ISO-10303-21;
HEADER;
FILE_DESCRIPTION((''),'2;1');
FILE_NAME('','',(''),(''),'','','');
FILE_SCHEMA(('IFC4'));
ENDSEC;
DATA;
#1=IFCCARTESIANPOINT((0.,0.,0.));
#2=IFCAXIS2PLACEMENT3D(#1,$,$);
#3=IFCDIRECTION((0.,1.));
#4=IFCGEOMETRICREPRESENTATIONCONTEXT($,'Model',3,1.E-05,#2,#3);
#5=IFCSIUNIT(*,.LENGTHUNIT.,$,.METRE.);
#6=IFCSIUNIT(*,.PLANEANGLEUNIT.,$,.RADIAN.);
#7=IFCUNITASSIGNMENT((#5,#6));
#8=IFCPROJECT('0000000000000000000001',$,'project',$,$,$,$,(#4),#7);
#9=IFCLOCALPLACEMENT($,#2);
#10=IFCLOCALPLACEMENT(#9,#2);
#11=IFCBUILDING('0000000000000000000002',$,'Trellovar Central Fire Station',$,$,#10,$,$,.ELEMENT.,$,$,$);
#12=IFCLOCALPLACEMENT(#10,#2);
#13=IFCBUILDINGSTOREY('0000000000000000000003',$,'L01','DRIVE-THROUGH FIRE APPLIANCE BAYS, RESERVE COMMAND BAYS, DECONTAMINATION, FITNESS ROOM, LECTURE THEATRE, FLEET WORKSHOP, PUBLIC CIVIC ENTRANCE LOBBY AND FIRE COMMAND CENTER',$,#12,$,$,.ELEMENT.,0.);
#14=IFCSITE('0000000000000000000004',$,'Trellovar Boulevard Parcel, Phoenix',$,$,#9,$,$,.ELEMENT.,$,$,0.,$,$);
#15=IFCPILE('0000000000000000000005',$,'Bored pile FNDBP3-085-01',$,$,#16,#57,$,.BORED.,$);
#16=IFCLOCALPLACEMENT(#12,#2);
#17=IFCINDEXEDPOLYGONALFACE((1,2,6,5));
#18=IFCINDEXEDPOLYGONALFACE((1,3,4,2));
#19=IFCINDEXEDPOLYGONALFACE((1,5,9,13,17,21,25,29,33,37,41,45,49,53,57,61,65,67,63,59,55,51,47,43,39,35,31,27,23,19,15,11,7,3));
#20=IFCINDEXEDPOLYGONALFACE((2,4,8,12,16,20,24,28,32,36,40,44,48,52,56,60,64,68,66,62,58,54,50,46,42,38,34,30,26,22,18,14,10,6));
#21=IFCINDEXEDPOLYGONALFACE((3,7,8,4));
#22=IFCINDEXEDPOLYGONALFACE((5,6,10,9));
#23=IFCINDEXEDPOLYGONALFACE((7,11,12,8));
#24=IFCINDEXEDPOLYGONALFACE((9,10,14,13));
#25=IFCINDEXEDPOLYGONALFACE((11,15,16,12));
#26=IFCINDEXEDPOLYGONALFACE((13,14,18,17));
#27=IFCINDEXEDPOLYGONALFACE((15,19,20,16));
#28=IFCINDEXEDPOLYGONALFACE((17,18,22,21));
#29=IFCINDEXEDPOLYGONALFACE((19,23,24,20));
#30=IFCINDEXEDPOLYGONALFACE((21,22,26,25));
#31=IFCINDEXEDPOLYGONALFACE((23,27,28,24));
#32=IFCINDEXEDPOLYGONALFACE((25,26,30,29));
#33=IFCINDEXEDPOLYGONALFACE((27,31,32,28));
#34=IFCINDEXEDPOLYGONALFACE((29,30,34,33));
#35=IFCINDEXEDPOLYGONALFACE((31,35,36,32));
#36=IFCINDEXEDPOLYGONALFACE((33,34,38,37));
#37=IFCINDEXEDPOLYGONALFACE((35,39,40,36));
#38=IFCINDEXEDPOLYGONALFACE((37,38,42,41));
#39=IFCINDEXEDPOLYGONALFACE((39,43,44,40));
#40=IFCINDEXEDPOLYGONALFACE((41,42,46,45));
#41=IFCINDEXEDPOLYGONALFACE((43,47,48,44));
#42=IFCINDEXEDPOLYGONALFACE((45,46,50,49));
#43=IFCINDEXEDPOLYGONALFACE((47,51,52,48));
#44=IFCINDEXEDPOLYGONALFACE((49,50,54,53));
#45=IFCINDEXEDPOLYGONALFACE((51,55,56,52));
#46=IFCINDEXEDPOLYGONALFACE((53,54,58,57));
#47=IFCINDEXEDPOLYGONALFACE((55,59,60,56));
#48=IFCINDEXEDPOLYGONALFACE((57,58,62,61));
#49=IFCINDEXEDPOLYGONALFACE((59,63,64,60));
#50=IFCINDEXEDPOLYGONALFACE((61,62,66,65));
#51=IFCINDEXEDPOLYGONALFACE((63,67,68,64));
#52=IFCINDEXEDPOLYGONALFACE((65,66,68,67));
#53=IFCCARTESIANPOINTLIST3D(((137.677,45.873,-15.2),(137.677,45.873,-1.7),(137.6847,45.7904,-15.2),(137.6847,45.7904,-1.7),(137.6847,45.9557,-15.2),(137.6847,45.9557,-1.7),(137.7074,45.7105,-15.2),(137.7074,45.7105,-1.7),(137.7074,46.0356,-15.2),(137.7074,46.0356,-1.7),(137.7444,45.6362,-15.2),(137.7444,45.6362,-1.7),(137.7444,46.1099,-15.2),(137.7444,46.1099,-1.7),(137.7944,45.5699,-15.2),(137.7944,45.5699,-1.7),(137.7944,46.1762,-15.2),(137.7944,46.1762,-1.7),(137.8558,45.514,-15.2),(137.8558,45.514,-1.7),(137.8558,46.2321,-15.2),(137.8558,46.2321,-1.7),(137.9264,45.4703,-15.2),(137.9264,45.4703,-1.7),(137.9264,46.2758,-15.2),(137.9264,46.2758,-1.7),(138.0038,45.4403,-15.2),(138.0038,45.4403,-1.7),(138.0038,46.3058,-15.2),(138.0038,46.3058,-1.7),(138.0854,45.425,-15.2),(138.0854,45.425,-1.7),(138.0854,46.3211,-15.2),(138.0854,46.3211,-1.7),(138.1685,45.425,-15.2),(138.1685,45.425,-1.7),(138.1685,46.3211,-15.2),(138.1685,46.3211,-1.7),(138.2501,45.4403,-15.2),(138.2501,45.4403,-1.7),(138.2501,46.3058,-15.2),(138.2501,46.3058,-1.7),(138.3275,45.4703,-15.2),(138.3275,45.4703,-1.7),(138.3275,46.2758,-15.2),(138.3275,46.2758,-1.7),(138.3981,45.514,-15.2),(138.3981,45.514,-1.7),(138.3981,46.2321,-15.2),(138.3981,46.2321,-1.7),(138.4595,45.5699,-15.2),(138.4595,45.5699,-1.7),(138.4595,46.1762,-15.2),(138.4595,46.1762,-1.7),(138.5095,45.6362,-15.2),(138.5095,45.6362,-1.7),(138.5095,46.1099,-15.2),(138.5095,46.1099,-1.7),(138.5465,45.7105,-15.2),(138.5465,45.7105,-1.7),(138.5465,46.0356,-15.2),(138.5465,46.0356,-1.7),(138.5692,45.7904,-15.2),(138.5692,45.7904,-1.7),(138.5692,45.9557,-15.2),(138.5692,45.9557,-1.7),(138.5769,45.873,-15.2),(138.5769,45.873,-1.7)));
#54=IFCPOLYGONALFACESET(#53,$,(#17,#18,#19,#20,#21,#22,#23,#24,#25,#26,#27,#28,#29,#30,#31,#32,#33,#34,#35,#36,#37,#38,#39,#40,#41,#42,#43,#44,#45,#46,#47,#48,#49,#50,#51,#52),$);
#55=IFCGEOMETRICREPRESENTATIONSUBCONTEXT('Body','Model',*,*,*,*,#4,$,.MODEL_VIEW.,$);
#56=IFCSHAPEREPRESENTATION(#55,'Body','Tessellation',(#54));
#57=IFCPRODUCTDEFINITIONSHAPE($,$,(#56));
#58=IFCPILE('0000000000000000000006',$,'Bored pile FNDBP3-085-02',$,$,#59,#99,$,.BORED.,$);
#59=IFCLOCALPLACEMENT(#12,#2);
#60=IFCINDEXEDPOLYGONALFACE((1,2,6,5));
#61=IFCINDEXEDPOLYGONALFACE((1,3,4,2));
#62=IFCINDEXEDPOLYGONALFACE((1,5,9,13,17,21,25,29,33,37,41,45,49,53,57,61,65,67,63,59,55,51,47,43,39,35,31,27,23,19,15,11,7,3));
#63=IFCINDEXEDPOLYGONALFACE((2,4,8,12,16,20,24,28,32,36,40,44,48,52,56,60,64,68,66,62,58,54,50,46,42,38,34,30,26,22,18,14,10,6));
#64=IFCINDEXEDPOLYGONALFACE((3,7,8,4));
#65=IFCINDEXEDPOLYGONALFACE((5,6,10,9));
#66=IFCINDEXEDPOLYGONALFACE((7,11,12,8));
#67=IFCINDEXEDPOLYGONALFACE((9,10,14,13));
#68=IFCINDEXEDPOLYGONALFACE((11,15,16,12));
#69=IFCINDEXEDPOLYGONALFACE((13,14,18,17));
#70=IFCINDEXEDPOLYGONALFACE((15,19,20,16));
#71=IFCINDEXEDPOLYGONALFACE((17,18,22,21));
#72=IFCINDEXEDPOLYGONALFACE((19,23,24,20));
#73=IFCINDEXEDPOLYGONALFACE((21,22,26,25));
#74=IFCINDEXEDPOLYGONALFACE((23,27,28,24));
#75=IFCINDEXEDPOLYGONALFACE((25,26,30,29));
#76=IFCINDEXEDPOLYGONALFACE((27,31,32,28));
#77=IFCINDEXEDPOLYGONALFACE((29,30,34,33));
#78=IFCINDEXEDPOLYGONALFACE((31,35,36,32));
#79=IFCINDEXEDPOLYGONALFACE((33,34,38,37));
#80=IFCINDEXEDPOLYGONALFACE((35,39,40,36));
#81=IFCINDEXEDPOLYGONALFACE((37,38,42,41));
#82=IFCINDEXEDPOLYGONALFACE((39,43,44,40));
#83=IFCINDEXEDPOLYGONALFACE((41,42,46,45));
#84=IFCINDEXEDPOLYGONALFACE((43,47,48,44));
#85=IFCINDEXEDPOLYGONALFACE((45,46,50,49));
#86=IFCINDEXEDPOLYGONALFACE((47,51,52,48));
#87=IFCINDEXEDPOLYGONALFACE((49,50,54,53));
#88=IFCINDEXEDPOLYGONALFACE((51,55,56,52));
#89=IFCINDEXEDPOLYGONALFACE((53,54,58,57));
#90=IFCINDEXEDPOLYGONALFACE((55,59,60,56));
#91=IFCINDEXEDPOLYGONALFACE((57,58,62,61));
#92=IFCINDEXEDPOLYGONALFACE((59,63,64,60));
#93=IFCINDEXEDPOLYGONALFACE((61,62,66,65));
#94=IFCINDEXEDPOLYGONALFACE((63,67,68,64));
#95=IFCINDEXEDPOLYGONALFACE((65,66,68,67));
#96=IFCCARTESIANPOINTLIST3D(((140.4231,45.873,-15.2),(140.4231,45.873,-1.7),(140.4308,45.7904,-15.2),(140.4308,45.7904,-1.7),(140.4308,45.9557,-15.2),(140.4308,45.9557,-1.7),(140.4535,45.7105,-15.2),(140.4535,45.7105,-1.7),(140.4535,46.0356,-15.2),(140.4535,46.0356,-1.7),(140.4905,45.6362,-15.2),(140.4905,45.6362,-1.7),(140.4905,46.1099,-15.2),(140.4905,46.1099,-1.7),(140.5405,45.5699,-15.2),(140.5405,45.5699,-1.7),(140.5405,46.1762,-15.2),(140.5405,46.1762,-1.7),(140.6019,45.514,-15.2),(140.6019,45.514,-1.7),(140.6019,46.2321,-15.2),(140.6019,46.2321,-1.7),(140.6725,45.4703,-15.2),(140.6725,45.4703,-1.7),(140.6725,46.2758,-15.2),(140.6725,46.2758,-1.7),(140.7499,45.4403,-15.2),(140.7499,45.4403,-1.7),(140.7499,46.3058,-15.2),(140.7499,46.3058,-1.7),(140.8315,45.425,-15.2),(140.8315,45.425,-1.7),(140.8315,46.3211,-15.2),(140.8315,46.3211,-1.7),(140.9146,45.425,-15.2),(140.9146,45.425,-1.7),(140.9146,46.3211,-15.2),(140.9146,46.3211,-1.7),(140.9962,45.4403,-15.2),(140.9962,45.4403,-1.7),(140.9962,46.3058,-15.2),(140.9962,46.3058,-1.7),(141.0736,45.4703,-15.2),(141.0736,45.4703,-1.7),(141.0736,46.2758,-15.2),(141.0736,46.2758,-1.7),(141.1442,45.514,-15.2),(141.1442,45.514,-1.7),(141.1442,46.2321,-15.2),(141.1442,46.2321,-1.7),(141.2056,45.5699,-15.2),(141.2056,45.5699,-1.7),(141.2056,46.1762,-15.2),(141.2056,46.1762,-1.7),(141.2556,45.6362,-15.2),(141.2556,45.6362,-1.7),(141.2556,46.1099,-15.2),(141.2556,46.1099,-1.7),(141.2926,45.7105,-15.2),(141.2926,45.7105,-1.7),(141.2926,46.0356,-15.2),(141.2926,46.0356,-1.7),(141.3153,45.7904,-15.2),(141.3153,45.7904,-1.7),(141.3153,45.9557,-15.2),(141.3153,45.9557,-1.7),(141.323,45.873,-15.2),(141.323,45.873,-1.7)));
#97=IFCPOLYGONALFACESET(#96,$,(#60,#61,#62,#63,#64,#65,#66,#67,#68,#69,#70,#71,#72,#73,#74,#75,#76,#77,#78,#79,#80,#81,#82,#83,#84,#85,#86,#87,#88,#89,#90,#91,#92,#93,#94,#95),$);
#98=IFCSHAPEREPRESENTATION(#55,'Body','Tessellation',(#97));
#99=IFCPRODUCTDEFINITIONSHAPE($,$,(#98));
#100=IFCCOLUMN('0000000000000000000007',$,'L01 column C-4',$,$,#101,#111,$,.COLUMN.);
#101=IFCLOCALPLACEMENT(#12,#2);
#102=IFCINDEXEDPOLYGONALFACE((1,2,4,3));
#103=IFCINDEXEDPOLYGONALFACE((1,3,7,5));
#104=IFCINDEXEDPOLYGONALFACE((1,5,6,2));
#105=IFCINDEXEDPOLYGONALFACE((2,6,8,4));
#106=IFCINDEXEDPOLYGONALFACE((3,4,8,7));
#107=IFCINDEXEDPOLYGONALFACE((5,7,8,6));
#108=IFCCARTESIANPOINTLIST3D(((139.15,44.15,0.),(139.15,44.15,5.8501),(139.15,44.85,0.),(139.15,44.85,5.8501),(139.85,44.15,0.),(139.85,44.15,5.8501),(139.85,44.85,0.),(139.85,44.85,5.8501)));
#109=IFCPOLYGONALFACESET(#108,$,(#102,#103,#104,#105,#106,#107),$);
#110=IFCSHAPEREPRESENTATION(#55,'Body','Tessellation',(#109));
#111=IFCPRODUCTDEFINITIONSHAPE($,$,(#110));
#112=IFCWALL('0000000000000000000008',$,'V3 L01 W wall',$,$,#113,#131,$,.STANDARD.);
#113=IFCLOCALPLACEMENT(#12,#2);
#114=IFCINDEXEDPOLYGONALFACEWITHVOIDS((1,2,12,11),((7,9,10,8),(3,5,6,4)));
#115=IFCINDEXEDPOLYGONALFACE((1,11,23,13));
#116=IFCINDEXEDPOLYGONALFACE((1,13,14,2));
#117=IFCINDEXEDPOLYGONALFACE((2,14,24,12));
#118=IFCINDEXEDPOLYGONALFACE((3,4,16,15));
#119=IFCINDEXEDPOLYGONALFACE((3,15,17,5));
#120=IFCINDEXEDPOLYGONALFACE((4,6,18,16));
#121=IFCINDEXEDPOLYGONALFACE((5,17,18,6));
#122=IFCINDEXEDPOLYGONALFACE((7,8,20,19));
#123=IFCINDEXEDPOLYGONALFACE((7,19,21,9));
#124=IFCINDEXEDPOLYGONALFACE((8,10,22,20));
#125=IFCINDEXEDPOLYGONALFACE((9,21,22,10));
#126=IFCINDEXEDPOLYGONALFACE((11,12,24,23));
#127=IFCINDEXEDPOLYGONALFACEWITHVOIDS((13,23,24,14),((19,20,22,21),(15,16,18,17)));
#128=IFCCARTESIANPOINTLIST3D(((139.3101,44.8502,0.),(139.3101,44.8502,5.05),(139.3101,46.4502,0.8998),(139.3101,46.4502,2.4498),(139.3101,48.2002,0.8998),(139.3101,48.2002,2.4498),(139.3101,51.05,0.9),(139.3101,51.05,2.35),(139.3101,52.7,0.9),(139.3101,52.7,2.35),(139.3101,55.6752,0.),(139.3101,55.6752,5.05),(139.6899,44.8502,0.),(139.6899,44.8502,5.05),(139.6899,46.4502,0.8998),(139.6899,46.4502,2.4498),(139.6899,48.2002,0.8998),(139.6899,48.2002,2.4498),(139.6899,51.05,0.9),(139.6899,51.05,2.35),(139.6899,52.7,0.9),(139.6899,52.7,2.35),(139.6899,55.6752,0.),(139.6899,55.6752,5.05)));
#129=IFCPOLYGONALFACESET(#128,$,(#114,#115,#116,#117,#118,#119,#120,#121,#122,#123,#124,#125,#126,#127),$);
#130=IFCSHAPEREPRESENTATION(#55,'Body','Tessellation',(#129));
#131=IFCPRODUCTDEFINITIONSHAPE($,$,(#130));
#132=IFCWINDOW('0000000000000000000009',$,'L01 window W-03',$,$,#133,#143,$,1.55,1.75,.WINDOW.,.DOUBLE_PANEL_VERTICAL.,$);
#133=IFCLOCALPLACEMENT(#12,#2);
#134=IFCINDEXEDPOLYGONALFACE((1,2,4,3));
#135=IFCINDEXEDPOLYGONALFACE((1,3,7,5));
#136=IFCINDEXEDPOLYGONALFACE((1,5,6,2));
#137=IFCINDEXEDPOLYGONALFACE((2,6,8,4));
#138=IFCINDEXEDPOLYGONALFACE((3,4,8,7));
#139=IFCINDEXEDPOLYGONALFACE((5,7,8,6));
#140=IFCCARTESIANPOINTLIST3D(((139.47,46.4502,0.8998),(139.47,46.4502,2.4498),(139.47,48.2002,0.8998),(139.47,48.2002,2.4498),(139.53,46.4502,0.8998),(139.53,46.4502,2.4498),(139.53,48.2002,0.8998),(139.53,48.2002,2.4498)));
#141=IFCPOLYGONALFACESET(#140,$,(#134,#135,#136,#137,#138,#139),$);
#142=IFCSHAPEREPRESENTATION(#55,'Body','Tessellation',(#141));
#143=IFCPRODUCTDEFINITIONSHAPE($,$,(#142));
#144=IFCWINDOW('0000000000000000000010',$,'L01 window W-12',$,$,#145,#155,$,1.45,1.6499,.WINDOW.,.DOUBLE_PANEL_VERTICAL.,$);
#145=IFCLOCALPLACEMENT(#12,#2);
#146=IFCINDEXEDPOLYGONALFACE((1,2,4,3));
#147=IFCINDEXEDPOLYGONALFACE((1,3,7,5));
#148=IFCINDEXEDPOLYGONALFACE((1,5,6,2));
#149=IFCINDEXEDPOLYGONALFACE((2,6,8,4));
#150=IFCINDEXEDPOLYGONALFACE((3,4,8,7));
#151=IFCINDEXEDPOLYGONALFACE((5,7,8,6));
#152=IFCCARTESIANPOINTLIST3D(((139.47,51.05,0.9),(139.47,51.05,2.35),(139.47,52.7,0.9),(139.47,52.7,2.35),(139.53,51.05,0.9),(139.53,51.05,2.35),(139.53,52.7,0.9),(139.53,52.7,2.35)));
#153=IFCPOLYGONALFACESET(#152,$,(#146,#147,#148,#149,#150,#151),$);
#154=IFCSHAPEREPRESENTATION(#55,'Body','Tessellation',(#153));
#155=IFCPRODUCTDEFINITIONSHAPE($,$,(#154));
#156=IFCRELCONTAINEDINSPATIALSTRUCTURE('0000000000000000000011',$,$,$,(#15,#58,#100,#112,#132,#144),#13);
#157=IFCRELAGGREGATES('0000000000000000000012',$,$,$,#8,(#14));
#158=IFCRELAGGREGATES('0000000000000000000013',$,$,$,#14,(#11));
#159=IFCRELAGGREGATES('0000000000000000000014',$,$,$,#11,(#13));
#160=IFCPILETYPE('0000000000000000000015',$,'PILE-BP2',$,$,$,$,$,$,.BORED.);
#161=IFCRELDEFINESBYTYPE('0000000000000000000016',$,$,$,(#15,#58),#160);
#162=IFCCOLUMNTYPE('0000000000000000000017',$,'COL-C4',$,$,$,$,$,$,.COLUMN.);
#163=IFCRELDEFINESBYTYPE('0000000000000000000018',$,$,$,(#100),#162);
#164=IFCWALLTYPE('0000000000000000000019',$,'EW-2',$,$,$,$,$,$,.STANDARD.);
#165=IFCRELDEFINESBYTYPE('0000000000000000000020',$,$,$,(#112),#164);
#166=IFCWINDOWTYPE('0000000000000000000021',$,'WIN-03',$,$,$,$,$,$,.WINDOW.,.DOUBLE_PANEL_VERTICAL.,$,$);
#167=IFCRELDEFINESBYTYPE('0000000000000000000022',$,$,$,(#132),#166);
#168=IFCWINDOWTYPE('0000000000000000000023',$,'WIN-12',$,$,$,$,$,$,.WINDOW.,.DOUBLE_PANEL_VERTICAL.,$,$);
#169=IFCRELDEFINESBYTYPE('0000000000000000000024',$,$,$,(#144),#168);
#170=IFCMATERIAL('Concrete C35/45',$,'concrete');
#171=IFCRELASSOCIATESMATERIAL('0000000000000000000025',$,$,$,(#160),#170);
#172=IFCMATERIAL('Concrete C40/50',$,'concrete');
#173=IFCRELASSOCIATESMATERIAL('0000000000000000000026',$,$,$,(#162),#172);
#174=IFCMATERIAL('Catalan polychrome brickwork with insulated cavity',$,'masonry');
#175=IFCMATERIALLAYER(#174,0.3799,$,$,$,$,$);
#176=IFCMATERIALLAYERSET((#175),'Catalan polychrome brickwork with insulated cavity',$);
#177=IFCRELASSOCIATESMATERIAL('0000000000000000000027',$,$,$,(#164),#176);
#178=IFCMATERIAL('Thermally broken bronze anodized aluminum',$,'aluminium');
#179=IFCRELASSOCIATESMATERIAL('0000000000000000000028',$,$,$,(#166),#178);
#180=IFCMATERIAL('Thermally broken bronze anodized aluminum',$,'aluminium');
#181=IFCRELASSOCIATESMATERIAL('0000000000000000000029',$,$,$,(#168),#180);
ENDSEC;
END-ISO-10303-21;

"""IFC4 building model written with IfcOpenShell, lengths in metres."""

from ifc_helpers import new_model, si_unit, direction, frame, frame_2d, origin, origin_2d, place, context, subcontext, project, spatial, rectangle, circle, extrude, material, layer, layer_set, material_profile, profile_set, type_object, element, fill, save


model = new_model("IFC4")

# Units and contexts
model_context = context("Model", 3, precision=1e-05, world=origin(), true_north=direction((0.0, 1.0)))
body_context = subcontext(model_context, "Body", "Model", "MODEL_VIEW")
ifc_project = project(units=[si_unit("LENGTHUNIT", "METRE"), si_unit("PLANEANGLEUNIT", "RADIAN")], contexts=[model_context])

# Site, building, storey
site_placement = place(None, origin())
site = spatial("IfcSite", under=ifc_project, at=site_placement, Name="Trellovar Boulevard Parcel, Phoenix", CompositionType="ELEMENT", RefElevation=0.0)
building_placement = place(site_placement, origin())
building = spatial("IfcBuilding", under=site, at=building_placement, Name="Trellovar Central Fire Station", CompositionType="ELEMENT")
storey_placement = place(building_placement, origin())
storey = spatial("IfcBuildingStorey", under=building, at=storey_placement, Name="L01", Description="DRIVE-THROUGH FIRE APPLIANCE BAYS, RESERVE COMMAND BAYS, DECONTAMINATION, FITNESS ROOM, LECTURE THEATRE, FLEET WORKSHOP, PUBLIC CIVIC ENTRANCE LOBBY AND FIRE COMMAND CENTER", CompositionType="ELEMENT", Elevation=0.0)

# Piles
ifc_material_1 = material(Name="Concrete C35/45", Category="concrete")
ifc_material_profile_1 = material_profile(ifc_material_1, circle(Radius=0.45, at=origin_2d()), Name="PILE900")
ifc_profile_set_1 = profile_set([ifc_material_profile_1], Name="Concrete C35/45")
pile_type_1 = type_object("IfcPileType", Name="PILE-BP2", PredefinedType="BORED", material=ifc_profile_set_1)
for number, where, z_axis, x_axis, name in (
    (1, (138.127, 45.873, -1.7), (0.0, 0.0, -1.0), (1.0, 0.0, 0.0), "Bored pile FNDBP3-085-01"),
    (2, (140.873, 45.873, -1.7), (0.0, 0.0, -1.0), (1.0, 0.0, 0.0), "Bored pile FNDBP3-085-02"),
):
    element("IfcPile", number, at=place(storey_placement, frame(where, z_axis=z_axis, x_axis=x_axis)), inside=storey, type_object=pile_type_1, Name=name, PredefinedType="BORED", context=body_context, shape_type="SweptSolid", body=[
        extrude(circle(Radius=0.45, at=origin_2d()), origin(), (0.0, 0.0, 1.0), 13.5),
    ])

# Column
ifc_material_2 = material(Name="Concrete C40/50", Category="concrete")
ifc_material_profile_2 = material_profile(ifc_material_2, rectangle(XDim=0.7, YDim=0.7, at=origin_2d()), Name="RC700X700")
ifc_profile_set_2 = profile_set([ifc_material_profile_2], Name="Concrete C40/50")
column_type = type_object("IfcColumnType", Name="COL-C4", PredefinedType="COLUMN", material=ifc_profile_set_2)
column_placement = place(storey_placement, frame((139.5, 44.5, 0.0), z_axis=(0.0, 0.0, 1.0), x_axis=(1.0, 0.0, 0.0)))
element("IfcColumn", 3, at=column_placement, inside=storey, type_object=column_type, Name="L01 column C-4", PredefinedType="COLUMN", context=body_context, shape_type="SweptSolid", body=[
    extrude(rectangle(XDim=0.7, YDim=0.7, at=origin_2d()), origin(), (0.0, 0.0, 1.0), 5.8501),
])

# Wall, openings, windows
ifc_material_3 = material(Name="Catalan polychrome brickwork with insulated cavity", Category="masonry")
ifc_layer_1 = layer(ifc_material_3, 0.3799)
ifc_layer_set_1 = layer_set([ifc_layer_1], Name="Catalan polychrome brickwork with insulated cavity")
wall_type_1 = type_object("IfcWallType", Name="EW-2", PredefinedType="STANDARD", material=ifc_layer_set_1)
wall_1_placement = place(storey_placement, frame((139.5, 44.8501, 0.0), z_axis=(0.0, 0.0, 1.0), x_axis=(0.0, 1.0, 0.0)))
wall_1 = element("IfcWall", 4, at=wall_1_placement, inside=storey, type_object=wall_type_1, Name="V3 L01 W wall", PredefinedType="STANDARD", context=body_context, shape_type="SweptSolid", body=[
    extrude(rectangle(XDim=10.825, YDim=0.3799, at=frame_2d((5.4126, 0.0))), origin(), (0.0, 0.0, 1.0), 5.05),
])
opening_1_placement = place(wall_1_placement, frame((1.6001, 0.0, 0.8999)))
opening_1 = element("IfcOpeningElement", 5, at=opening_1_placement, cuts=wall_1, PredefinedType="OPENING", context=body_context, shape_type="SweptSolid", body=[
    extrude(rectangle(XDim=1.75, YDim=1.55, at=frame_2d((0.875, 0.7749))), frame((0.0, 0.2, 0.0), z_axis=(0.0, -1.0, 0.0), x_axis=(1.0, 0.0, 0.0)), (0.0, 0.0, 1.0), 0.3999),
])
opening_2_placement = place(wall_1_placement, frame((6.2, 0.0, 0.8999)))
opening_2 = element("IfcOpeningElement", 6, at=opening_2_placement, cuts=wall_1, PredefinedType="OPENING", context=body_context, shape_type="SweptSolid", body=[
    extrude(rectangle(XDim=1.6499, YDim=1.45, at=frame_2d((0.825, 0.7251))), frame((0.0, 0.2, 0.0), z_axis=(0.0, -1.0, 0.0), x_axis=(1.0, 0.0, 0.0)), (0.0, 0.0, 1.0), 0.3999),
])
ifc_material_4 = material(Name="Thermally broken bronze anodized aluminum", Category="aluminium")
window_type_1 = type_object("IfcWindowType", Name="WIN-03", PartitioningType="DOUBLE_PANEL_VERTICAL", PredefinedType="WINDOW", material=ifc_material_4)
window_1_placement = place(opening_1_placement, origin())
window_1 = element("IfcWindow", 7, at=window_1_placement, inside=storey, type_object=window_type_1, Name="L01 window W-03", OverallHeight=1.55, OverallWidth=1.75, PartitioningType="DOUBLE_PANEL_VERTICAL", PredefinedType="WINDOW", context=body_context, shape_type="SweptSolid", body=[
    extrude(rectangle(XDim=1.75, YDim=1.55, at=frame_2d((0.875, 0.7749))), frame((0.0, 0.03, 0.0), z_axis=(0.0, -1.0, 0.0), x_axis=(1.0, 0.0, 0.0)), (0.0, 0.0, 1.0), 0.0601),
])
fill(opening_1, window_1)
ifc_material_5 = material(Name="Thermally broken bronze anodized aluminum", Category="aluminium")
window_type_2 = type_object("IfcWindowType", Name="WIN-12", PartitioningType="DOUBLE_PANEL_VERTICAL", PredefinedType="WINDOW", material=ifc_material_5)
window_2_placement = place(opening_2_placement, origin())
window_2 = element("IfcWindow", 8, at=window_2_placement, inside=storey, type_object=window_type_2, Name="L01 window W-12", OverallHeight=1.45, OverallWidth=1.6499, PartitioningType="DOUBLE_PANEL_VERTICAL", PredefinedType="WINDOW", context=body_context, shape_type="SweptSolid", body=[
    extrude(rectangle(XDim=1.6499, YDim=1.45, at=frame_2d((0.825, 0.7251))), frame((0.0, 0.03, 0.0), z_axis=(0.0, -1.0, 0.0), x_axis=(1.0, 0.0, 0.0)), (0.0, 0.0, 1.0), 0.0601),
])
fill(opening_2, window_2)

save(model, "model.ifc")
